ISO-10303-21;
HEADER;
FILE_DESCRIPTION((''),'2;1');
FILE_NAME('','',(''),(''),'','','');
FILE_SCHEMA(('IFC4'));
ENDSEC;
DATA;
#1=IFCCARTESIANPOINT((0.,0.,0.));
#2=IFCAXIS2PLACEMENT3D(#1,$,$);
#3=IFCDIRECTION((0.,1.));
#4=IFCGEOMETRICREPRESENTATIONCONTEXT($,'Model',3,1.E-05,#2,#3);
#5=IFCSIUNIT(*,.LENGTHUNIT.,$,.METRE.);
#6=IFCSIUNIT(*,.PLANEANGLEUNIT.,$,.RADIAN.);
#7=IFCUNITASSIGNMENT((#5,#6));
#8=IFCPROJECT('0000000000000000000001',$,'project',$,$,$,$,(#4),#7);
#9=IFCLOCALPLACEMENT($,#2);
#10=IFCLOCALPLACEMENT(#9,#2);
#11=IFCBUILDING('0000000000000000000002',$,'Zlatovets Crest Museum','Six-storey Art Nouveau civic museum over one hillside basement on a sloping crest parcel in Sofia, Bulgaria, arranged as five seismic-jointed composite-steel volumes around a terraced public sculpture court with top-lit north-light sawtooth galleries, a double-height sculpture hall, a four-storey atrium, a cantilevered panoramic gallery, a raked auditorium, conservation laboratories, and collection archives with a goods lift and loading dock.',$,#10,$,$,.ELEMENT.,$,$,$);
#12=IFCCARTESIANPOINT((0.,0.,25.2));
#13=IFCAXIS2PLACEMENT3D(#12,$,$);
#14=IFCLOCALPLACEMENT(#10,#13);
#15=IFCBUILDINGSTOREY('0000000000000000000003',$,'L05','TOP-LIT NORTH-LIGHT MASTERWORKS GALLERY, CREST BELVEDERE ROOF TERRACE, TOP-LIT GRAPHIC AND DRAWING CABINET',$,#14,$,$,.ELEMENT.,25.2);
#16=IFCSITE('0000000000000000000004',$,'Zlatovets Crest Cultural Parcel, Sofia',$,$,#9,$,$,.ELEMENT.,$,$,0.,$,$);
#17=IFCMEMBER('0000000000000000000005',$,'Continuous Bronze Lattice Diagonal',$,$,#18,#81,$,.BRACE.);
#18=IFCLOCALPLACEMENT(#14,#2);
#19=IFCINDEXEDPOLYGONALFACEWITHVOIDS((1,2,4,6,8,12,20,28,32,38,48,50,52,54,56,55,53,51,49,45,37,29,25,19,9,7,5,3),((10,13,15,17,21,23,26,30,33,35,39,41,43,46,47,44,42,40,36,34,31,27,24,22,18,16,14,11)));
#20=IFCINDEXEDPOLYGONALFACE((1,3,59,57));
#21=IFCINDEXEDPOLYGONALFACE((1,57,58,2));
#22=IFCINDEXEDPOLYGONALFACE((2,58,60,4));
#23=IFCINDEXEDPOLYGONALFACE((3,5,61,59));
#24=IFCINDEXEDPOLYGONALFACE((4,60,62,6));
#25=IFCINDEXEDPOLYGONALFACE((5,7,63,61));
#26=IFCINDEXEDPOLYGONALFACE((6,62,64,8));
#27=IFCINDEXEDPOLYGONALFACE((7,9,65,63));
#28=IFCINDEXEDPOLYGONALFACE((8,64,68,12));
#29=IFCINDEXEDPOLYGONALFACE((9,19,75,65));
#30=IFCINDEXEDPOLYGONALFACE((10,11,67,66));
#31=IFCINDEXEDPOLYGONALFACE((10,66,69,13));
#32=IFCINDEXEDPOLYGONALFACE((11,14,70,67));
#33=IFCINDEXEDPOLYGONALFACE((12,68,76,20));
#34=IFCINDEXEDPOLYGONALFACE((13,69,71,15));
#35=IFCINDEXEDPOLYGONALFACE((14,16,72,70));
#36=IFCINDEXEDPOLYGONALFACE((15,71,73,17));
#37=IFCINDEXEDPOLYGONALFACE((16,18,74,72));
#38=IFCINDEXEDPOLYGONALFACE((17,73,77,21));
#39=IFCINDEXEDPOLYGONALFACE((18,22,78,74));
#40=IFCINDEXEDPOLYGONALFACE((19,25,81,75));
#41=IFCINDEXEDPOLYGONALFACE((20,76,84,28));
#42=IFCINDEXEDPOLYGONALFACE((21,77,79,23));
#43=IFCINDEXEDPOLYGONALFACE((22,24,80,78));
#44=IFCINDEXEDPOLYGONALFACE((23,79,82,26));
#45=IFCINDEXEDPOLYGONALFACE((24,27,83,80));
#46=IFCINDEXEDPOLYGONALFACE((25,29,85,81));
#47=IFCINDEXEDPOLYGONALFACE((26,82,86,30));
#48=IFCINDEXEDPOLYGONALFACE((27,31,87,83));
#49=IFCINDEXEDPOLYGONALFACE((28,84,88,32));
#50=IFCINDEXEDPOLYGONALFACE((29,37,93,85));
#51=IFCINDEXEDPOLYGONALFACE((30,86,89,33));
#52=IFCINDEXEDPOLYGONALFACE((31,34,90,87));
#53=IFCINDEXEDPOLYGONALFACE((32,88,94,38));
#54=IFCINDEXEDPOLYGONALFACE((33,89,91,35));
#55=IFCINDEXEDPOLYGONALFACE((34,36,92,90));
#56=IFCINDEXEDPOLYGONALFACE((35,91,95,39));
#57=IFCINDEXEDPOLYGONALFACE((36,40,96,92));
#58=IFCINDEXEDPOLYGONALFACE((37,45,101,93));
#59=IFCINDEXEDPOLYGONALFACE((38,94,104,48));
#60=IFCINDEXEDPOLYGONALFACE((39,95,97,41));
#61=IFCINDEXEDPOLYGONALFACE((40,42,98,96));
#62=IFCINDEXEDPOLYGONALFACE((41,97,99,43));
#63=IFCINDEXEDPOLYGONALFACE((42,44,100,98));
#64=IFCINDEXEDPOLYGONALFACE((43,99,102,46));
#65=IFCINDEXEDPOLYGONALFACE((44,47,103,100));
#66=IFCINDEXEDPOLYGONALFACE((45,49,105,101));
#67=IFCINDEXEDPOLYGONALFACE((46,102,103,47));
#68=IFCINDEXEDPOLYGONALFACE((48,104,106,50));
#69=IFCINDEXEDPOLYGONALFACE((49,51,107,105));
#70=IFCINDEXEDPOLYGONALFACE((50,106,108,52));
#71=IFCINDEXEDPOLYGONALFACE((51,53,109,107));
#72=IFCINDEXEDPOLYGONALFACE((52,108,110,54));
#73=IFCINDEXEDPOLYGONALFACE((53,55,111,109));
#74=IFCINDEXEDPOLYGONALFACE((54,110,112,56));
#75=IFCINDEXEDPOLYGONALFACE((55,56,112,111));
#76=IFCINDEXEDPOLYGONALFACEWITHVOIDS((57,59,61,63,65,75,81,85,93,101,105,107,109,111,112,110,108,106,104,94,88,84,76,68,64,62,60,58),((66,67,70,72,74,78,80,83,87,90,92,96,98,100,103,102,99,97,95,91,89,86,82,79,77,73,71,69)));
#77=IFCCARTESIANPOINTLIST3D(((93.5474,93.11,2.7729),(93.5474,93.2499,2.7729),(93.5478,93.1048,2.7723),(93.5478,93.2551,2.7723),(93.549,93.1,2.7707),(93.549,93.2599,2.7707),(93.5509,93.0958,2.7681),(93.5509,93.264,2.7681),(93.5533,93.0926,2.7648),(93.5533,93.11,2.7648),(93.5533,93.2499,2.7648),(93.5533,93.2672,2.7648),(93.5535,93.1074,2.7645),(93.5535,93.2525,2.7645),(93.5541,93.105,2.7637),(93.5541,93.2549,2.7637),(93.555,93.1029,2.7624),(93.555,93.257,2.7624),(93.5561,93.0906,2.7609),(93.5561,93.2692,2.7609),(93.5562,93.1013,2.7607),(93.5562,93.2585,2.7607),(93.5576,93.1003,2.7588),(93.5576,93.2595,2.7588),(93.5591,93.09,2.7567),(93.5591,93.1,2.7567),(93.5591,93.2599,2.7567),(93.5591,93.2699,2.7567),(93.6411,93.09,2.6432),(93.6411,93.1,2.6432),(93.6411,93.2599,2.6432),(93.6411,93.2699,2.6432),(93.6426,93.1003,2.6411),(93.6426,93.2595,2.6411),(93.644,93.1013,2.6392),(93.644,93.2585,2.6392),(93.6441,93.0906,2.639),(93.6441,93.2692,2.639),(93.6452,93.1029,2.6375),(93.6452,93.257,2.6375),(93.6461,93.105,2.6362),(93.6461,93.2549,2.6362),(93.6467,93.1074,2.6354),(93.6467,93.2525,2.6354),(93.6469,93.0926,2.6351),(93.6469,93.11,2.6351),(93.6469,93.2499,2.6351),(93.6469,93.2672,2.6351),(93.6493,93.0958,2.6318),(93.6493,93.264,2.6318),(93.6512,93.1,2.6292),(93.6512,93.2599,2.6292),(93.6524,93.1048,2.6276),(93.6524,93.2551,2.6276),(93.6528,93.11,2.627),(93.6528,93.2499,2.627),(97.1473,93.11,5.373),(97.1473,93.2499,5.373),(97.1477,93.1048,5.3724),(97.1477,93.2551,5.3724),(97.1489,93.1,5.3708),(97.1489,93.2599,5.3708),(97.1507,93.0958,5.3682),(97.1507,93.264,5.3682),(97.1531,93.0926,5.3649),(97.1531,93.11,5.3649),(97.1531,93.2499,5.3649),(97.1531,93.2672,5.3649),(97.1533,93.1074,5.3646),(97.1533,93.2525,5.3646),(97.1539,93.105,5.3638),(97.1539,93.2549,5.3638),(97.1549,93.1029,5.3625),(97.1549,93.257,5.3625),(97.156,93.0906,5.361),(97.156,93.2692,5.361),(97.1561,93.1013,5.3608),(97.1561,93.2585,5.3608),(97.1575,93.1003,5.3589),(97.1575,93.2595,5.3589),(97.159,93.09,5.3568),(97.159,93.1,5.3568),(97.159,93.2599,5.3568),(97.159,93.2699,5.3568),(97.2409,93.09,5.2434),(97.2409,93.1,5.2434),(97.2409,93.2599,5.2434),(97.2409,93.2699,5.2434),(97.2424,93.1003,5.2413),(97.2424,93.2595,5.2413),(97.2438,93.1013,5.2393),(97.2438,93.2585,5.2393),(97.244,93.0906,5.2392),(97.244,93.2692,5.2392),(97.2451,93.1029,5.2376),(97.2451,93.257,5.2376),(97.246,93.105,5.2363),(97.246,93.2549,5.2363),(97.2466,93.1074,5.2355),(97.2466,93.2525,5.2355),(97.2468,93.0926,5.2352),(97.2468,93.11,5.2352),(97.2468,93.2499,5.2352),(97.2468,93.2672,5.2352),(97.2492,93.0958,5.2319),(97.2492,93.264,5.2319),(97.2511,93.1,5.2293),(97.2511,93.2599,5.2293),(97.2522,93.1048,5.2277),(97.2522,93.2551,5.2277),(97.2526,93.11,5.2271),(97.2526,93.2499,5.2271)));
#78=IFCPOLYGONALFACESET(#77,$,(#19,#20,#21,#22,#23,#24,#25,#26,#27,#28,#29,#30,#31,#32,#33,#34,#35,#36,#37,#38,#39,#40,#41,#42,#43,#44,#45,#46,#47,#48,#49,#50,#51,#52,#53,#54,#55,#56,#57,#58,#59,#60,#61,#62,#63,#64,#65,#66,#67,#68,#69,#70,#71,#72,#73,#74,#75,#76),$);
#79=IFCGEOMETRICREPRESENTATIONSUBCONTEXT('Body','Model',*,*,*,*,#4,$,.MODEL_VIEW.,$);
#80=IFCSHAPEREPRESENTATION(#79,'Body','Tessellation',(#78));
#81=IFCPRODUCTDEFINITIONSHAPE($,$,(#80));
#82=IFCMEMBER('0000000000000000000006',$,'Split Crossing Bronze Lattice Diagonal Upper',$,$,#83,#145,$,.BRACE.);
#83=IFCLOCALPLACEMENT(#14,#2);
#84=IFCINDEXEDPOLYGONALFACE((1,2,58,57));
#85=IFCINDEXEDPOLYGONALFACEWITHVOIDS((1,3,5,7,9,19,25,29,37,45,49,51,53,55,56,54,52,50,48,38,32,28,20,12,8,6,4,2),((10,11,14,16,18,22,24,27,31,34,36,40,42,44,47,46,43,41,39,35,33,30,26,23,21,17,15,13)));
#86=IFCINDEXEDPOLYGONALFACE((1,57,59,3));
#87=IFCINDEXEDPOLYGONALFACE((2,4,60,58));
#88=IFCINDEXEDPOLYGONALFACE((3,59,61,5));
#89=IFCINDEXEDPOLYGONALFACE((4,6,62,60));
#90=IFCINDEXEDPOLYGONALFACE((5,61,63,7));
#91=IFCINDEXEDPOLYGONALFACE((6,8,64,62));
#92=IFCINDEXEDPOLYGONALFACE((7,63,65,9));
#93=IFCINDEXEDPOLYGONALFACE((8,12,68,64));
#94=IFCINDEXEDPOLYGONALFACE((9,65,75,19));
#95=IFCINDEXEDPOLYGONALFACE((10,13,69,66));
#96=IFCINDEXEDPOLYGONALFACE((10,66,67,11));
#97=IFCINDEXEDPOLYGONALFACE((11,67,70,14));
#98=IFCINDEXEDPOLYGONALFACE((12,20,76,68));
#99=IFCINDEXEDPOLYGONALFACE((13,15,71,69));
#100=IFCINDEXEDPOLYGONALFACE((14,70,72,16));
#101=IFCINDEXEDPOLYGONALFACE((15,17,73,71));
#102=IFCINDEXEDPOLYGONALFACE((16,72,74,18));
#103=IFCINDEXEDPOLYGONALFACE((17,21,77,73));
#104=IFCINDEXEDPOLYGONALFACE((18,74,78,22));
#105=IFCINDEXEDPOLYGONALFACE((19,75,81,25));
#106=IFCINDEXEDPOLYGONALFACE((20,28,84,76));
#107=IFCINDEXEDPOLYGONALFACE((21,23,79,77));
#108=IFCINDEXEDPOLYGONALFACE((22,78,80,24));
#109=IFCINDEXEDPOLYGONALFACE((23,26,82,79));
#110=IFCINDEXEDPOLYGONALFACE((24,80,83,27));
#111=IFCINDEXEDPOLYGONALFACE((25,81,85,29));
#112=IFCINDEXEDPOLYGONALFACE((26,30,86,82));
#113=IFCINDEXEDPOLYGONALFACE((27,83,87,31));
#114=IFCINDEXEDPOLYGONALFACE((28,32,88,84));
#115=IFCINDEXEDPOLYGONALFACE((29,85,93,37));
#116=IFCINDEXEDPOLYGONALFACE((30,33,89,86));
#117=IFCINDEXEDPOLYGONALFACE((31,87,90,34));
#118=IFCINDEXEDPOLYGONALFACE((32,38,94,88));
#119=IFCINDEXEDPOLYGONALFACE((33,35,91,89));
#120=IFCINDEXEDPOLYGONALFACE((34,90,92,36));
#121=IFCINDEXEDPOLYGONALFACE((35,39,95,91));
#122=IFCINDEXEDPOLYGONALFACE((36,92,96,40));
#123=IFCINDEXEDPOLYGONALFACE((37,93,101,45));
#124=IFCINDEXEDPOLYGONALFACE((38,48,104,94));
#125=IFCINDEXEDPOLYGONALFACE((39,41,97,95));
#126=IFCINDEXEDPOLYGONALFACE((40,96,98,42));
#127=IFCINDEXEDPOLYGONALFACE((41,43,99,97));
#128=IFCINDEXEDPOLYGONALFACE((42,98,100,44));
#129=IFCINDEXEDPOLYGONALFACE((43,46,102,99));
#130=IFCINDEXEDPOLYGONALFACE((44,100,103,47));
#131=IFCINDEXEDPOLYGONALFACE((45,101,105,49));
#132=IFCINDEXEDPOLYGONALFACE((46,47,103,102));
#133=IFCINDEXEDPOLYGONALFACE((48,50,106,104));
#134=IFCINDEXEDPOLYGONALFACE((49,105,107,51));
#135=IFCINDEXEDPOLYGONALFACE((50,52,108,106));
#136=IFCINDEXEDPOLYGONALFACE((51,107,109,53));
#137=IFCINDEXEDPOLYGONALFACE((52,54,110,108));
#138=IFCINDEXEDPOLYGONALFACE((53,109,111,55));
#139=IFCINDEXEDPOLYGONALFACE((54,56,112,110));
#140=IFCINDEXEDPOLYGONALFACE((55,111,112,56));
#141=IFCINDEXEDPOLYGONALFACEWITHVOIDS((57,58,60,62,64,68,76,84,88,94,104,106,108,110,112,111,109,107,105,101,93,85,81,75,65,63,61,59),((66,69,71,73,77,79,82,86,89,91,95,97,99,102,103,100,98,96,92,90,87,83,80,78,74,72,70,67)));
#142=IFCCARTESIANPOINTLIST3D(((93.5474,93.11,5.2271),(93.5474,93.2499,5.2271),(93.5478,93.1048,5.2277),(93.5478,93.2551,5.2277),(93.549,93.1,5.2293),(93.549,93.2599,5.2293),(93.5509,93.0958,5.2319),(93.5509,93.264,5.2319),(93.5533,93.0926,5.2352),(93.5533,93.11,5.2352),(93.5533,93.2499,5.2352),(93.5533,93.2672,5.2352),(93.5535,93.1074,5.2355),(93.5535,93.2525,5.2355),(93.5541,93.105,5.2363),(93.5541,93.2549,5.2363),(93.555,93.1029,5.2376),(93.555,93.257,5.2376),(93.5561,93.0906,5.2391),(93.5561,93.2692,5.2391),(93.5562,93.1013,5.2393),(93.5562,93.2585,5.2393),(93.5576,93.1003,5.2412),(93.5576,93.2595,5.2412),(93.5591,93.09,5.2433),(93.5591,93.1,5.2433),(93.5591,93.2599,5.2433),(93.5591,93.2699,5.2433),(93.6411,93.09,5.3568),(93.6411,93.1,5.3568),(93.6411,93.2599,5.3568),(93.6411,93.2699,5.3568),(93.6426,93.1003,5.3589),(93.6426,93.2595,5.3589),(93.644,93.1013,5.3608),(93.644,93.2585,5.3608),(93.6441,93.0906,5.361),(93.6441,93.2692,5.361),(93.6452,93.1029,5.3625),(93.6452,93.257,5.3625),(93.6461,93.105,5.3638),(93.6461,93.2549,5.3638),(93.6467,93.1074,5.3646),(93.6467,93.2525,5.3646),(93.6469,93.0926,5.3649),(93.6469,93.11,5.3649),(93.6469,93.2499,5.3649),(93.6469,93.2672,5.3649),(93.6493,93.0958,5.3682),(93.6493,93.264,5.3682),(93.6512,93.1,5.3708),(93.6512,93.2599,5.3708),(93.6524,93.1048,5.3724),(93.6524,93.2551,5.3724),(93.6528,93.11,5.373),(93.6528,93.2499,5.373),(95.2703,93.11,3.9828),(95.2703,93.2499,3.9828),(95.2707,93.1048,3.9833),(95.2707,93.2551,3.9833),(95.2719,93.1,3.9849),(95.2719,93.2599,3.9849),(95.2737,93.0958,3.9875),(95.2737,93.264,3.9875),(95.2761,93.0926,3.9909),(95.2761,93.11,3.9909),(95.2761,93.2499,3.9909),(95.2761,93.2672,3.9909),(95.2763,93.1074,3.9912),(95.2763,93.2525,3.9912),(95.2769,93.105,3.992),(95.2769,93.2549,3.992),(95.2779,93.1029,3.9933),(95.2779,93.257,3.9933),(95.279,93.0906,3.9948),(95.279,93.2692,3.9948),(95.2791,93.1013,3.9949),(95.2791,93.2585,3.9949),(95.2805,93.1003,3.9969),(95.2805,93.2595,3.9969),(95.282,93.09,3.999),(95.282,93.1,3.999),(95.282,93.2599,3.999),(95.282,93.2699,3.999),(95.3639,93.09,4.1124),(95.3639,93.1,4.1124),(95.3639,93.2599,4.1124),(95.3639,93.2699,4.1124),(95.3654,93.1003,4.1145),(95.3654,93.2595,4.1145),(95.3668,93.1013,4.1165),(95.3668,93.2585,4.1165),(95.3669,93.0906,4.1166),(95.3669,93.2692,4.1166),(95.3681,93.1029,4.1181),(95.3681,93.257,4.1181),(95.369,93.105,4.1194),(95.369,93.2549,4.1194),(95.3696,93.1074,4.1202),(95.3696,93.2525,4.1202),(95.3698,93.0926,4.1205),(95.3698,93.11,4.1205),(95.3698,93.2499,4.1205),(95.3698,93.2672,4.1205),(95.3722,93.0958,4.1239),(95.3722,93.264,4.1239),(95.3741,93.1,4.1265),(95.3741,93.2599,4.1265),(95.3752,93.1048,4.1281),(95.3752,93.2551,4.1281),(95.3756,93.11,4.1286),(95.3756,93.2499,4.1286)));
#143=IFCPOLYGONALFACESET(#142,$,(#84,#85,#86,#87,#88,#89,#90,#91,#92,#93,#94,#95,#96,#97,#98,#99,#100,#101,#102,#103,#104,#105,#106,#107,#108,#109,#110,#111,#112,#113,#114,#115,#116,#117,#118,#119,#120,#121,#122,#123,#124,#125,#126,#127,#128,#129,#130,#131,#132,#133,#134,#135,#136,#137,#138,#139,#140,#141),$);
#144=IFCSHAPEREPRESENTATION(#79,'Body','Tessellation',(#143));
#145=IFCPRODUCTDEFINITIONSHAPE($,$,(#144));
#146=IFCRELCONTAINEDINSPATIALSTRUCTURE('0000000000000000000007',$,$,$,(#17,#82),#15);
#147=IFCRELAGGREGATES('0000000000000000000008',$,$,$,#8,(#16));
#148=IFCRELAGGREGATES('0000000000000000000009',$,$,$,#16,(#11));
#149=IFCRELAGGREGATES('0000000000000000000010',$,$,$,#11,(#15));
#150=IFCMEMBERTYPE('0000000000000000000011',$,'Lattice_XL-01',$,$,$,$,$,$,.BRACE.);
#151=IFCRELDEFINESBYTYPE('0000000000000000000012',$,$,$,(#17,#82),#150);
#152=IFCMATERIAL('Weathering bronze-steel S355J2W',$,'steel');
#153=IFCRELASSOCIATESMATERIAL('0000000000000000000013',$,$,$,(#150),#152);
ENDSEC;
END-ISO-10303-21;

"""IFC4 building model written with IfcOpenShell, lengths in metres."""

from ifc_helpers import new_model, si_unit, direction, frame, origin, origin_2d, place, context, subcontext, project, spatial, hollow_rectangle, extrude, material, material_profile, profile_set, type_object, element, save


model = new_model("IFC4")

# Units and contexts
model_context = context("Model", 3, precision=1e-05, world=origin(), true_north=direction((0.0, 1.0)))
body_context = subcontext(model_context, "Body", "Model", "MODEL_VIEW")
ifc_project = project(units=[si_unit("LENGTHUNIT", "METRE"), si_unit("PLANEANGLEUNIT", "RADIAN")], contexts=[model_context])

# Site, building, storey
site_placement = place(None, origin())
site = spatial("IfcSite", under=ifc_project, at=site_placement, Name="Zlatovets Crest Cultural Parcel, Sofia", CompositionType="ELEMENT", RefElevation=0.0)
building_placement = place(site_placement, origin())
building = spatial("IfcBuilding", under=site, at=building_placement, Name="Zlatovets Crest Museum", Description="Six-storey Art Nouveau civic museum over one hillside basement on a sloping crest parcel in Sofia, Bulgaria, arranged as five seismic-jointed composite-steel volumes around a terraced public sculpture court with top-lit north-light sawtooth galleries, a double-height sculpture hall, a four-storey atrium, a cantilevered panoramic gallery, a raked auditorium, conservation laboratories, and collection archives with a goods lift and loading dock.", CompositionType="ELEMENT")
storey_placement = place(building_placement, frame((0.0, 0.0, 25.2)))
storey = spatial("IfcBuildingStorey", under=building, at=storey_placement, Name="L05", Description="TOP-LIT NORTH-LIGHT MASTERWORKS GALLERY, CREST BELVEDERE ROOF TERRACE, TOP-LIT GRAPHIC AND DRAWING CABINET", CompositionType="ELEMENT", Elevation=25.2)

# Members
ifc_material_1 = material(Name="Weathering bronze-steel S355J2W", Category="steel")
ifc_material_profile_1 = material_profile(ifc_material_1, hollow_rectangle(XDim=0.1799, YDim=0.1799, WallThickness=0.01, InnerFilletRadius=0.01, OuterFilletRadius=0.02, at=origin_2d()), Name="SHS 180x180x10.0")
ifc_profile_set_1 = profile_set([ifc_material_profile_1], Name="Weathering bronze-steel S355J2W")
member_type_1 = type_object("IfcMemberType", Name="Lattice_XL-01", PredefinedType="BRACE", material=ifc_profile_set_1)
member_1_placement = place(storey_placement, frame((93.6001, 93.1799, 2.7), z_axis=(0.810657, 0.0, 0.585521), x_axis=(0.0, 1.0, 0.0)))
element("IfcMember", 1, at=member_1_placement, inside=storey, type_object=member_type_1, Name="Continuous Bronze Lattice Diagonal", PredefinedType="BRACE", context=body_context, shape_type="SweptSolid", body=[
    extrude(hollow_rectangle(XDim=0.1799, YDim=0.1799, WallThickness=0.01, InnerFilletRadius=0.01, OuterFilletRadius=0.02, at=origin_2d()), origin(), (0.0, 0.0, 1.0), 4.4407),
])
for number, where, z_axis, x_axis, name in (
    (2, (93.6001, 93.1799, 5.3), (0.810664, 0.0, -0.585512), (0.0, 1.0, 0.0), "Split Crossing Bronze Lattice Diagonal Upper"),
):
    element("IfcMember", number, at=place(storey_placement, frame(where, z_axis=z_axis, x_axis=x_axis)), inside=storey, type_object=member_type_1, Name=name, PredefinedType="BRACE", context=body_context, shape_type="SweptSolid", body=[
        extrude(hollow_rectangle(XDim=0.1799, YDim=0.1799, WallThickness=0.01, InnerFilletRadius=0.01, OuterFilletRadius=0.02, at=origin_2d()), origin(), (0.0, 0.0, 1.0), 2.1252),
    ])

save(model, "model.ifc")
